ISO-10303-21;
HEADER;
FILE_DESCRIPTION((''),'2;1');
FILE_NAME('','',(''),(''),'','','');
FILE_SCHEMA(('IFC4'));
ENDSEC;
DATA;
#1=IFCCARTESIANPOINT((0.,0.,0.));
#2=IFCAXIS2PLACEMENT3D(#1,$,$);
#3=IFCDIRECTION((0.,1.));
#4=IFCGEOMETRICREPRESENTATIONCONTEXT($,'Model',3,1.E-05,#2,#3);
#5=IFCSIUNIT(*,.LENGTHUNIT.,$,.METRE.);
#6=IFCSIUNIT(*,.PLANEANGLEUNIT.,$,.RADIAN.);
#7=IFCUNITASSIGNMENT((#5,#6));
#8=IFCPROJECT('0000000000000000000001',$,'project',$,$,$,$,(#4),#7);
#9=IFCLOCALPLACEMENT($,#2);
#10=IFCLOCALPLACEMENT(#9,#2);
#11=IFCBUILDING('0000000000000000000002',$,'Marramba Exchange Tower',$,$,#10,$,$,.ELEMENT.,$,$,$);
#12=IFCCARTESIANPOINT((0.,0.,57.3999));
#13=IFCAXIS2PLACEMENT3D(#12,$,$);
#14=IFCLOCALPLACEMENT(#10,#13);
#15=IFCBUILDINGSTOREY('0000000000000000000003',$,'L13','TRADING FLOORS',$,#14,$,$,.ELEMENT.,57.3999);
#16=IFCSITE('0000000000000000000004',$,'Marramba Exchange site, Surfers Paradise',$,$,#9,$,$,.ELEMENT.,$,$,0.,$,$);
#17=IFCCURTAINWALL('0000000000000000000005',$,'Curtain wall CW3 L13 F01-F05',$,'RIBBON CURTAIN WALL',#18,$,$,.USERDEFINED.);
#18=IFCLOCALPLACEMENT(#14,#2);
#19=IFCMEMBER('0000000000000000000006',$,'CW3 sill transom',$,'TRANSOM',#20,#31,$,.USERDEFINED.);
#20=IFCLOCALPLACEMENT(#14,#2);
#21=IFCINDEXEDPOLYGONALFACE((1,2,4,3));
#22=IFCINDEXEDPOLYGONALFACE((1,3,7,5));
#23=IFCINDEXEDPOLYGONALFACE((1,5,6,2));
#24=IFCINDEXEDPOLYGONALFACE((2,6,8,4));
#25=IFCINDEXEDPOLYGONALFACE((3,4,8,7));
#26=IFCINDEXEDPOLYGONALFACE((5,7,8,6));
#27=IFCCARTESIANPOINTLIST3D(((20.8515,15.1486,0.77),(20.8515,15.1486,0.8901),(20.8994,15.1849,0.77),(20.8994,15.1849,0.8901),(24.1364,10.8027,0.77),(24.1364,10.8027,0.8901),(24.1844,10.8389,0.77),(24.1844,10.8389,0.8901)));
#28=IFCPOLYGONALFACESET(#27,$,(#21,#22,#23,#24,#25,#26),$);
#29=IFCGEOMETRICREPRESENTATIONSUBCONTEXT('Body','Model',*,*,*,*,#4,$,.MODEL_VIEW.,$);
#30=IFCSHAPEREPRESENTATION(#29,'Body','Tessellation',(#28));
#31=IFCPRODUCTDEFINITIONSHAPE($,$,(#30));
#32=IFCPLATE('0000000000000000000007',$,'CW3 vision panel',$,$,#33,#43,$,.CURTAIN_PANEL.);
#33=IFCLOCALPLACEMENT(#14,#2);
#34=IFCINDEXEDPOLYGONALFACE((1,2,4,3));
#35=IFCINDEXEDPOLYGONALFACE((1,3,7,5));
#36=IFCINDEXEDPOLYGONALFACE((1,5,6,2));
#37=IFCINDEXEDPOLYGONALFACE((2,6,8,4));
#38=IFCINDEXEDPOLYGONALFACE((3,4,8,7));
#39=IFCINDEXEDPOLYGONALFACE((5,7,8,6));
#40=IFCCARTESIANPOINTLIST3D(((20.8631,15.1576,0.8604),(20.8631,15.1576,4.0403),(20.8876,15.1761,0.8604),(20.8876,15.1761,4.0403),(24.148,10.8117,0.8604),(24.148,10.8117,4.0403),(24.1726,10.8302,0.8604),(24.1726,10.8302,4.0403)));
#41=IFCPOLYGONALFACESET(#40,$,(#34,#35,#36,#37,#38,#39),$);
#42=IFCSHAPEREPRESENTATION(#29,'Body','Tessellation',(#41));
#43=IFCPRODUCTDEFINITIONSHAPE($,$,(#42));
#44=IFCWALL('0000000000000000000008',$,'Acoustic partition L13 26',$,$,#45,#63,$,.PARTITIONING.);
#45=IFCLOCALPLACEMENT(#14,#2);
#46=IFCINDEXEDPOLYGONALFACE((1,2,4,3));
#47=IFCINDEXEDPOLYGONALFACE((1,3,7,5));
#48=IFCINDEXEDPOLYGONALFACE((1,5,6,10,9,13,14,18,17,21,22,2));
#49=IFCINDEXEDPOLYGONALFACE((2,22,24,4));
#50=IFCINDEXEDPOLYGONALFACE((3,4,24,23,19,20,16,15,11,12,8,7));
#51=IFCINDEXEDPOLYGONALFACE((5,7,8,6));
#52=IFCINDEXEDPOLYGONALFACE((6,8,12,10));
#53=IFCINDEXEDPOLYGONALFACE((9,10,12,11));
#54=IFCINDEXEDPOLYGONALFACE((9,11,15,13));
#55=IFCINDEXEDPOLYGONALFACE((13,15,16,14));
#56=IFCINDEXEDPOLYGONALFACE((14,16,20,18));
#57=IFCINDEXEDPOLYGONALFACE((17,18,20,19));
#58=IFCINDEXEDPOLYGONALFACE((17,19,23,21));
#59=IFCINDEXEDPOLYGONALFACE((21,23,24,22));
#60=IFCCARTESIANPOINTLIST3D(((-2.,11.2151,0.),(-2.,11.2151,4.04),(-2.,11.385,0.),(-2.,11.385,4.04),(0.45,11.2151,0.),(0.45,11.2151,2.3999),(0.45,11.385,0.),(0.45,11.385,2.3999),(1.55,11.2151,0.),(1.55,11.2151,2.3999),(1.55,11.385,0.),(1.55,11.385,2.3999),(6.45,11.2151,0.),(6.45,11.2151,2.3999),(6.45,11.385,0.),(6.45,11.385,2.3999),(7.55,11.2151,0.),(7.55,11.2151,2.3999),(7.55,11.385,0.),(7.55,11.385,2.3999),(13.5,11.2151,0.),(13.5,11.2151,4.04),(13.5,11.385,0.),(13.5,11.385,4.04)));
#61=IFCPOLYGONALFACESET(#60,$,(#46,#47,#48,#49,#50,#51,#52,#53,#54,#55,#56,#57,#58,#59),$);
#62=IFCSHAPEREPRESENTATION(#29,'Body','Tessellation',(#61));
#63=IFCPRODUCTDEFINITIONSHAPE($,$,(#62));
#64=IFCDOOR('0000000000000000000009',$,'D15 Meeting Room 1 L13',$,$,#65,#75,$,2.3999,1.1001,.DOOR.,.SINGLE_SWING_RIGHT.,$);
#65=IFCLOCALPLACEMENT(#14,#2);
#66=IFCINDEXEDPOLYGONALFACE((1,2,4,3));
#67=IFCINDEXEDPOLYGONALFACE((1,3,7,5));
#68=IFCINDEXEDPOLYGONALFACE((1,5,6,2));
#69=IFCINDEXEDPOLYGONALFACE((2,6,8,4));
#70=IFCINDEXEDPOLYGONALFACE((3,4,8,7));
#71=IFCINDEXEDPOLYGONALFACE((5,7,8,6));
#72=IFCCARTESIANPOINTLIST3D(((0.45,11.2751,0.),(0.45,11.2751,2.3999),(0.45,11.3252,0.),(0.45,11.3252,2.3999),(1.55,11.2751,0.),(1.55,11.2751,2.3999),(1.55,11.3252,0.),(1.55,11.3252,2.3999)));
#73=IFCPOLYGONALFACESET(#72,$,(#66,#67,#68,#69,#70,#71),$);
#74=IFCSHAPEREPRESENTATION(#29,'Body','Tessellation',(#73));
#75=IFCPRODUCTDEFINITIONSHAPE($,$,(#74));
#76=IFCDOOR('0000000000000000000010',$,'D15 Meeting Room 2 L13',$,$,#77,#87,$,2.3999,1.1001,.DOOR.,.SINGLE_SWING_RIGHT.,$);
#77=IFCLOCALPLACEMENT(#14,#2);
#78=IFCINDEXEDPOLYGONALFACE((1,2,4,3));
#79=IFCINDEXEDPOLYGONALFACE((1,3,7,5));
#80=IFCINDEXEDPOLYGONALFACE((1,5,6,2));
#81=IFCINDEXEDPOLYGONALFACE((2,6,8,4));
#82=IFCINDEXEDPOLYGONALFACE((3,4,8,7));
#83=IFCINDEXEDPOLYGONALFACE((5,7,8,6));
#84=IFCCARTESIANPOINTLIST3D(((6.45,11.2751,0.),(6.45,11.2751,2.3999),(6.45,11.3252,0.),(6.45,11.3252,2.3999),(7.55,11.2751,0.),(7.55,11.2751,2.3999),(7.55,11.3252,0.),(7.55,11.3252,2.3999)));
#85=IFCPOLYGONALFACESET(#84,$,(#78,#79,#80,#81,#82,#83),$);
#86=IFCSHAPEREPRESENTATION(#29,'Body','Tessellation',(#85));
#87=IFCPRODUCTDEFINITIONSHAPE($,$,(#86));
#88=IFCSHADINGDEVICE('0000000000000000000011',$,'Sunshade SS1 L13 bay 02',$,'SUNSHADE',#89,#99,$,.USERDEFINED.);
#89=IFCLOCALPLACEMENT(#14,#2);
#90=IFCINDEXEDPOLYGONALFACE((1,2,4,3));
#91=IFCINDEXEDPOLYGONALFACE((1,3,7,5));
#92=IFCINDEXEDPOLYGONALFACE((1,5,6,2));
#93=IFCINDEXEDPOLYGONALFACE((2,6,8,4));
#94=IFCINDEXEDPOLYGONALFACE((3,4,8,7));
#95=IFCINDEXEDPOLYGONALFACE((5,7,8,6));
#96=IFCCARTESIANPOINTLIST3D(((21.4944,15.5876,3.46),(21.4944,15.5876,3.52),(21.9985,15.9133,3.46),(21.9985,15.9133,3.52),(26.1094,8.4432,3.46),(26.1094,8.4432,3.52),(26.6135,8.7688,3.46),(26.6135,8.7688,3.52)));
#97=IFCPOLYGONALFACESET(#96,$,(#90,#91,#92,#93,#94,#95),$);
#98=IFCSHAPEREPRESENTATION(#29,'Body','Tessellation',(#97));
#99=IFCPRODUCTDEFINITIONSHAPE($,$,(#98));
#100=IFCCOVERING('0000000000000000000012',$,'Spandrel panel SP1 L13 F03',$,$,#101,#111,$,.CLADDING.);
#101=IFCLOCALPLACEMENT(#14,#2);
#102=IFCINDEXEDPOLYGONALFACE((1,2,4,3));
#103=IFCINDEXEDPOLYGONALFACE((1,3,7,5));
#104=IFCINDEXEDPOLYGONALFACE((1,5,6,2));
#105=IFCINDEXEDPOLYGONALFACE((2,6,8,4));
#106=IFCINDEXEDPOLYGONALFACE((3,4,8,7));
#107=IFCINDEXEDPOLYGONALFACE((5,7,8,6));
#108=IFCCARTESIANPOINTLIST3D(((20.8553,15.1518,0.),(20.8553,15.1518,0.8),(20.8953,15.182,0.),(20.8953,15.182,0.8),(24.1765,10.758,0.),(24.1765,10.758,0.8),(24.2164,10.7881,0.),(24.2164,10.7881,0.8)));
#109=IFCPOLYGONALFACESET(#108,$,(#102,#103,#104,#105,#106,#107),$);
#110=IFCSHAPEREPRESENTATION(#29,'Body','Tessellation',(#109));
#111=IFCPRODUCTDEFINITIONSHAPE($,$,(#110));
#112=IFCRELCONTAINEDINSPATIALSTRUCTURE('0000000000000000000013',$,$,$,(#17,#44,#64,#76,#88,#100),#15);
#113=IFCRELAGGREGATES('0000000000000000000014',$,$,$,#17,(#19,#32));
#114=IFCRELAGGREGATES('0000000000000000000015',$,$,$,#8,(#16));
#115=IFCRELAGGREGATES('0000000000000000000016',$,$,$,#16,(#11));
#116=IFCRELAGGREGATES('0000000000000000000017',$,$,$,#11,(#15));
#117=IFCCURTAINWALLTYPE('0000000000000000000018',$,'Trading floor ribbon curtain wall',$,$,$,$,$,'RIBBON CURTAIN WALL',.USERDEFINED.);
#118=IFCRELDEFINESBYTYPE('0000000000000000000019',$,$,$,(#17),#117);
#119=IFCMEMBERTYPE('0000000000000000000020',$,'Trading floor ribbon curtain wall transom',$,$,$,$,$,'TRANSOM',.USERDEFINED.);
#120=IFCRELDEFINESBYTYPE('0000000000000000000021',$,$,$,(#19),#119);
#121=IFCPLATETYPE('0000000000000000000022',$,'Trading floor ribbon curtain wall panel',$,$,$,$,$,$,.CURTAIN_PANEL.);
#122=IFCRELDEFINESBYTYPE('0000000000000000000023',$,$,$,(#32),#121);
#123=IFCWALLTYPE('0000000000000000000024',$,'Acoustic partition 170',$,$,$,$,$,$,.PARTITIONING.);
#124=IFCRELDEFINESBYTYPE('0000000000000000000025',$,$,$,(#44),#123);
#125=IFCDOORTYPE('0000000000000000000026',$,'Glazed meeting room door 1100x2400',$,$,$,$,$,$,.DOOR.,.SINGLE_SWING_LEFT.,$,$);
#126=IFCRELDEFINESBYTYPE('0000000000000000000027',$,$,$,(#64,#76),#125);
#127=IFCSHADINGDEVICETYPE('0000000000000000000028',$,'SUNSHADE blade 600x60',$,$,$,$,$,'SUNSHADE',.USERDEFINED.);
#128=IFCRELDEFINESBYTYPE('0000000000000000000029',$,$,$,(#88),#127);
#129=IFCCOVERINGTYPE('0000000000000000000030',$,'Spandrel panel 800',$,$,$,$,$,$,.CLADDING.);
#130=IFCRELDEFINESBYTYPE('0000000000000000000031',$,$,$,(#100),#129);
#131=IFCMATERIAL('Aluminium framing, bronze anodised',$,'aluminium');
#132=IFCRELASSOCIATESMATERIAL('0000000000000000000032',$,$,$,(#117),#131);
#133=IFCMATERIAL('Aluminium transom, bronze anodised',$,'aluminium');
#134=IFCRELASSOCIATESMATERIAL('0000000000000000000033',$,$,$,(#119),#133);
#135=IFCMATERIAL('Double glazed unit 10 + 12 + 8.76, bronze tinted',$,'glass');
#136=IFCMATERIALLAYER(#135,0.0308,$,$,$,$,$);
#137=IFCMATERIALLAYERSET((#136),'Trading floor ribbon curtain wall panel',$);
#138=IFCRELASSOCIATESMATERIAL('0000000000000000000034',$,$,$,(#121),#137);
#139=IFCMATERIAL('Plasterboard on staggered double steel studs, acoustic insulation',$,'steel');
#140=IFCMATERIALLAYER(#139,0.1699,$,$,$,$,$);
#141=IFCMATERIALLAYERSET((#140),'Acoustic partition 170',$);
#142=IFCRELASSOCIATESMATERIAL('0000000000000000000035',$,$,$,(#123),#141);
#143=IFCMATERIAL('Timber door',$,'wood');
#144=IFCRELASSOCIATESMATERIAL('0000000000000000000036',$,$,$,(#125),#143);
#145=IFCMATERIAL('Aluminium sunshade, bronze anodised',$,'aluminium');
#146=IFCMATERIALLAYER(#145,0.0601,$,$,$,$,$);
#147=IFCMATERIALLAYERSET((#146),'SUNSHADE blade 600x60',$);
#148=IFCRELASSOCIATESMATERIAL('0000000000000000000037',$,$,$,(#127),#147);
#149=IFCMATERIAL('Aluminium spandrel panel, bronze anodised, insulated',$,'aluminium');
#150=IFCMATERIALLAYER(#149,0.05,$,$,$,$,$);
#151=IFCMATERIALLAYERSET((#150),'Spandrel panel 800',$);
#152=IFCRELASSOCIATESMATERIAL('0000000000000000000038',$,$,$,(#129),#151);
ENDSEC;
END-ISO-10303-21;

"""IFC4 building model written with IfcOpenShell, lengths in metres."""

from ifc_helpers import new_model, si_unit, direction, frame, frame_2d, origin, origin_2d, place, context, subcontext, project, spatial, rectangle, extrude, material, layer, layer_set, material_profile, profile_set, type_object, element, fill, aggregate, save


model = new_model("IFC4")

# Units and contexts
model_context = context("Model", 3, precision=1e-05, world=origin(), true_north=direction((0.0, 1.0)))
body_context = subcontext(model_context, "Body", "Model", "MODEL_VIEW")
ifc_project = project(units=[si_unit("LENGTHUNIT", "METRE"), si_unit("PLANEANGLEUNIT", "RADIAN")], contexts=[model_context])

# Site, building, storey
site_placement = place(None, origin())
site = spatial("IfcSite", under=ifc_project, at=site_placement, Name="Marramba Exchange site, Surfers Paradise", CompositionType="ELEMENT", RefElevation=0.0)
building_placement = place(site_placement, origin())
building = spatial("IfcBuilding", under=site, at=building_placement, Name="Marramba Exchange Tower", CompositionType="ELEMENT")
storey_placement = place(building_placement, frame((0.0, 0.0, 57.3999)))
storey = spatial("IfcBuildingStorey", under=building, at=storey_placement, Name="L13", Description="TRADING FLOORS", CompositionType="ELEMENT", Elevation=57.3999)

# Curtain wall, member, plate
ifc_material_1 = material(Name="Aluminium framing, bronze anodised", Category="aluminium")
curtain_wall_type = type_object("IfcCurtainWallType", Name="Trading floor ribbon curtain wall", ElementType="RIBBON CURTAIN WALL", PredefinedType="USERDEFINED", material=ifc_material_1)
curtain_wall_placement = place(storey_placement, origin())
curtain_wall = element("IfcCurtainWall", 1, at=curtain_wall_placement, inside=storey, type_object=curtain_wall_type, Name="Curtain wall CW3 L13 F01-F05", ObjectType="RIBBON CURTAIN WALL", PredefinedType="USERDEFINED")
ifc_material_2 = material(Name="Aluminium transom, bronze anodised", Category="aluminium")
ifc_material_profile_1 = material_profile(ifc_material_2, rectangle(XDim=0.0601, YDim=0.1201, at=origin_2d()), Name="CW3 transom 60x120")
ifc_profile_set_1 = profile_set([ifc_material_profile_1], Name="Aluminium transom, bronze anodised")
member_type_1 = type_object("IfcMemberType", Name="Trading floor ribbon curtain wall transom", ElementType="TRANSOM", PredefinedType="USERDEFINED", material=ifc_profile_set_1)
member_1_placement = place(storey_placement, frame((24.1604, 10.8208, 0.8301), z_axis=(-0.602986, 0.797752, 0.0), x_axis=(-0.797752, -0.602986, 0.0)))
member_1 = element("IfcMember", 2, at=member_1_placement, type_object=member_type_1, Name="CW3 sill transom", ObjectType="TRANSOM", PredefinedType="USERDEFINED", context=body_context, shape_type="SweptSolid", body=[
    extrude(rectangle(XDim=0.0601, YDim=0.1201, at=origin_2d()), origin(), (0.0, 0.0, 1.0), 5.4478),
])
ifc_material_3 = material(Name="Double glazed unit 10 + 12 + 8.76, bronze tinted", Category="glass")
ifc_layer_1 = layer(ifc_material_3, 0.0308)
ifc_layer_set_1 = layer_set([ifc_layer_1], Name="Trading floor ribbon curtain wall panel")
plate_type = type_object("IfcPlateType", Name="Trading floor ribbon curtain wall panel", PredefinedType="CURTAIN_PANEL", material=ifc_layer_set_1)
plate_placement = place(storey_placement, frame((22.5178, 12.9939, 0.8604), z_axis=(0.0, 0.0, 1.0), x_axis=(-0.60299, 0.797749, 0.0)))
plate = element("IfcPlate", 3, at=plate_placement, type_object=plate_type, Name="CW3 vision panel", PredefinedType="CURTAIN_PANEL", context=body_context, shape_type="SweptSolid", body=[
    extrude(rectangle(XDim=5.4478, YDim=0.0308, at=origin_2d()), origin(), (0.0, 0.0, 1.0), 3.1799),
])
aggregate(curtain_wall, [member_1, plate])

# Wall, openings, doors
ifc_material_4 = material(Name="Plasterboard on staggered double steel studs, acoustic insulation", Category="steel")
ifc_layer_2 = layer(ifc_material_4, 0.1699)
ifc_layer_set_2 = layer_set([ifc_layer_2], Name="Acoustic partition 170")
wall_type_1 = type_object("IfcWallType", Name="Acoustic partition 170", PredefinedType="PARTITIONING", material=ifc_layer_set_2)
wall_1_placement = place(storey_placement, frame((13.5, 11.3, 0.0), z_axis=(0.0, 0.0, 1.0), x_axis=(-1.0, 0.0, 0.0)))
wall_1 = element("IfcWall", 4, at=wall_1_placement, inside=storey, type_object=wall_type_1, Name="Acoustic partition L13 26", PredefinedType="PARTITIONING", context=body_context, shape_type="SweptSolid", body=[
    extrude(rectangle(XDim=15.5, YDim=0.1699, at=frame_2d((7.75, 0.0))), origin(), (0.0, 0.0, 1.0), 4.04),
])
opening_1_placement = place(wall_1_placement, frame((11.95, 0.0, 0.0)))
opening_1 = element("IfcOpeningElement", 5, at=opening_1_placement, cuts=wall_1, PredefinedType="OPENING", context=body_context, shape_type="SweptSolid", body=[
    extrude(rectangle(XDim=1.1001, YDim=2.3999, at=frame_2d((0.55, 1.2))), frame((0.0, 0.095, 0.0), z_axis=(0.0, -1.0, 0.0), x_axis=(1.0, 0.0, 0.0)), (0.0, 0.0, 1.0), 0.1899),
])
opening_2_placement = place(wall_1_placement, frame((5.95, 0.0, 0.0)))
opening_2 = element("IfcOpeningElement", 6, at=opening_2_placement, cuts=wall_1, PredefinedType="OPENING", context=body_context, shape_type="SweptSolid", body=[
    extrude(rectangle(XDim=1.1001, YDim=2.3999, at=frame_2d((0.55, 1.2))), frame((0.0, 0.095, 0.0), z_axis=(0.0, -1.0, 0.0), x_axis=(1.0, 0.0, 0.0)), (0.0, 0.0, 1.0), 0.1899),
])
ifc_material_5 = material(Name="Timber door", Category="wood")
door_type_1 = type_object("IfcDoorType", Name="Glazed meeting room door 1100x2400", OperationType="SINGLE_SWING_LEFT", PredefinedType="DOOR", material=ifc_material_5)
door_1_placement = place(opening_1_placement, frame((1.1001, 0.0, 0.0), z_axis=(0.0, 0.0, 1.0), x_axis=(-1.0, 0.0, 0.0)))
door_1 = element("IfcDoor", 7, at=door_1_placement, inside=storey, type_object=door_type_1, Name="D15 Meeting Room 1 L13", OperationType="SINGLE_SWING_RIGHT", OverallHeight=2.3999, OverallWidth=1.1001, PredefinedType="DOOR", context=body_context, shape_type="SweptSolid", body=[
    extrude(rectangle(XDim=1.1001, YDim=2.3999, at=frame_2d((0.55, 1.2))), frame((0.0, 0.0251, 0.0), z_axis=(0.0, -1.0, 0.0), x_axis=(1.0, 0.0, 0.0)), (0.0, 0.0, 1.0), 0.05),
])
fill(opening_1, door_1)
door_2_placement = place(opening_2_placement, frame((1.1001, 0.0, 0.0), z_axis=(0.0, 0.0, 1.0), x_axis=(-1.0, 0.0, 0.0)))
door_2 = element("IfcDoor", 8, at=door_2_placement, inside=storey, type_object=door_type_1, Name="D15 Meeting Room 2 L13", OperationType="SINGLE_SWING_RIGHT", OverallHeight=2.3999, OverallWidth=1.1001, PredefinedType="DOOR", context=body_context, shape_type="SweptSolid", body=[
    extrude(rectangle(XDim=1.1001, YDim=2.3999, at=frame_2d((0.55, 1.2))), frame((0.0, 0.0251, 0.0), z_axis=(0.0, -1.0, 0.0), x_axis=(1.0, 0.0, 0.0)), (0.0, 0.0, 1.0), 0.05),
])
fill(opening_2, door_2)

# Shading device
ifc_material_6 = material(Name="Aluminium sunshade, bronze anodised", Category="aluminium")
ifc_layer_3 = layer(ifc_material_6, 0.0601)
ifc_layer_set_3 = layer_set([ifc_layer_3], Name="SUNSHADE blade 600x60")
shading_device_type = type_object("IfcShadingDeviceType", Name="SUNSHADE blade 600x60", ElementType="SUNSHADE", PredefinedType="USERDEFINED", material=ifc_layer_set_3)
shading_device_placement = place(storey_placement, frame((24.054, 12.1782, 3.46), z_axis=(0.0, 0.0, 1.0), x_axis=(-0.542597, 0.839993, 0.0)))
element("IfcShadingDevice", 9, at=shading_device_placement, inside=storey, type_object=shading_device_type, Name="Sunshade SS1 L13 bay 02", ObjectType="SUNSHADE", PredefinedType="USERDEFINED", context=body_context, shape_type="SweptSolid", body=[
    extrude(rectangle(XDim=8.5054, YDim=0.6001, at=origin_2d()), origin(), (0.0, 0.0, 1.0), 0.0601),
])

# Covering
ifc_material_7 = material(Name="Aluminium spandrel panel, bronze anodised, insulated", Category="aluminium")
ifc_layer_4 = layer(ifc_material_7, 0.05)
ifc_layer_set_4 = layer_set([ifc_layer_4], Name="Spandrel panel 800")
covering_type = type_object("IfcCoveringType", Name="Spandrel panel 800", PredefinedType="CLADDING", material=ifc_layer_set_4)
covering_placement = place(storey_placement, frame((22.5359, 12.97, 0.0), z_axis=(0.0, 0.0, 1.0), x_axis=(-0.60299, 0.797749, 0.0)))
element("IfcCovering", 10, at=covering_placement, inside=storey, type_object=covering_type, Name="Spandrel panel SP1 L13 F03", PredefinedType="CLADDING", context=body_context, shape_type="SweptSolid", body=[
    extrude(rectangle(XDim=5.5078, YDim=0.05, at=origin_2d()), origin(), (0.0, 0.0, 1.0), 0.8),
])

save(model, "model.ifc")
